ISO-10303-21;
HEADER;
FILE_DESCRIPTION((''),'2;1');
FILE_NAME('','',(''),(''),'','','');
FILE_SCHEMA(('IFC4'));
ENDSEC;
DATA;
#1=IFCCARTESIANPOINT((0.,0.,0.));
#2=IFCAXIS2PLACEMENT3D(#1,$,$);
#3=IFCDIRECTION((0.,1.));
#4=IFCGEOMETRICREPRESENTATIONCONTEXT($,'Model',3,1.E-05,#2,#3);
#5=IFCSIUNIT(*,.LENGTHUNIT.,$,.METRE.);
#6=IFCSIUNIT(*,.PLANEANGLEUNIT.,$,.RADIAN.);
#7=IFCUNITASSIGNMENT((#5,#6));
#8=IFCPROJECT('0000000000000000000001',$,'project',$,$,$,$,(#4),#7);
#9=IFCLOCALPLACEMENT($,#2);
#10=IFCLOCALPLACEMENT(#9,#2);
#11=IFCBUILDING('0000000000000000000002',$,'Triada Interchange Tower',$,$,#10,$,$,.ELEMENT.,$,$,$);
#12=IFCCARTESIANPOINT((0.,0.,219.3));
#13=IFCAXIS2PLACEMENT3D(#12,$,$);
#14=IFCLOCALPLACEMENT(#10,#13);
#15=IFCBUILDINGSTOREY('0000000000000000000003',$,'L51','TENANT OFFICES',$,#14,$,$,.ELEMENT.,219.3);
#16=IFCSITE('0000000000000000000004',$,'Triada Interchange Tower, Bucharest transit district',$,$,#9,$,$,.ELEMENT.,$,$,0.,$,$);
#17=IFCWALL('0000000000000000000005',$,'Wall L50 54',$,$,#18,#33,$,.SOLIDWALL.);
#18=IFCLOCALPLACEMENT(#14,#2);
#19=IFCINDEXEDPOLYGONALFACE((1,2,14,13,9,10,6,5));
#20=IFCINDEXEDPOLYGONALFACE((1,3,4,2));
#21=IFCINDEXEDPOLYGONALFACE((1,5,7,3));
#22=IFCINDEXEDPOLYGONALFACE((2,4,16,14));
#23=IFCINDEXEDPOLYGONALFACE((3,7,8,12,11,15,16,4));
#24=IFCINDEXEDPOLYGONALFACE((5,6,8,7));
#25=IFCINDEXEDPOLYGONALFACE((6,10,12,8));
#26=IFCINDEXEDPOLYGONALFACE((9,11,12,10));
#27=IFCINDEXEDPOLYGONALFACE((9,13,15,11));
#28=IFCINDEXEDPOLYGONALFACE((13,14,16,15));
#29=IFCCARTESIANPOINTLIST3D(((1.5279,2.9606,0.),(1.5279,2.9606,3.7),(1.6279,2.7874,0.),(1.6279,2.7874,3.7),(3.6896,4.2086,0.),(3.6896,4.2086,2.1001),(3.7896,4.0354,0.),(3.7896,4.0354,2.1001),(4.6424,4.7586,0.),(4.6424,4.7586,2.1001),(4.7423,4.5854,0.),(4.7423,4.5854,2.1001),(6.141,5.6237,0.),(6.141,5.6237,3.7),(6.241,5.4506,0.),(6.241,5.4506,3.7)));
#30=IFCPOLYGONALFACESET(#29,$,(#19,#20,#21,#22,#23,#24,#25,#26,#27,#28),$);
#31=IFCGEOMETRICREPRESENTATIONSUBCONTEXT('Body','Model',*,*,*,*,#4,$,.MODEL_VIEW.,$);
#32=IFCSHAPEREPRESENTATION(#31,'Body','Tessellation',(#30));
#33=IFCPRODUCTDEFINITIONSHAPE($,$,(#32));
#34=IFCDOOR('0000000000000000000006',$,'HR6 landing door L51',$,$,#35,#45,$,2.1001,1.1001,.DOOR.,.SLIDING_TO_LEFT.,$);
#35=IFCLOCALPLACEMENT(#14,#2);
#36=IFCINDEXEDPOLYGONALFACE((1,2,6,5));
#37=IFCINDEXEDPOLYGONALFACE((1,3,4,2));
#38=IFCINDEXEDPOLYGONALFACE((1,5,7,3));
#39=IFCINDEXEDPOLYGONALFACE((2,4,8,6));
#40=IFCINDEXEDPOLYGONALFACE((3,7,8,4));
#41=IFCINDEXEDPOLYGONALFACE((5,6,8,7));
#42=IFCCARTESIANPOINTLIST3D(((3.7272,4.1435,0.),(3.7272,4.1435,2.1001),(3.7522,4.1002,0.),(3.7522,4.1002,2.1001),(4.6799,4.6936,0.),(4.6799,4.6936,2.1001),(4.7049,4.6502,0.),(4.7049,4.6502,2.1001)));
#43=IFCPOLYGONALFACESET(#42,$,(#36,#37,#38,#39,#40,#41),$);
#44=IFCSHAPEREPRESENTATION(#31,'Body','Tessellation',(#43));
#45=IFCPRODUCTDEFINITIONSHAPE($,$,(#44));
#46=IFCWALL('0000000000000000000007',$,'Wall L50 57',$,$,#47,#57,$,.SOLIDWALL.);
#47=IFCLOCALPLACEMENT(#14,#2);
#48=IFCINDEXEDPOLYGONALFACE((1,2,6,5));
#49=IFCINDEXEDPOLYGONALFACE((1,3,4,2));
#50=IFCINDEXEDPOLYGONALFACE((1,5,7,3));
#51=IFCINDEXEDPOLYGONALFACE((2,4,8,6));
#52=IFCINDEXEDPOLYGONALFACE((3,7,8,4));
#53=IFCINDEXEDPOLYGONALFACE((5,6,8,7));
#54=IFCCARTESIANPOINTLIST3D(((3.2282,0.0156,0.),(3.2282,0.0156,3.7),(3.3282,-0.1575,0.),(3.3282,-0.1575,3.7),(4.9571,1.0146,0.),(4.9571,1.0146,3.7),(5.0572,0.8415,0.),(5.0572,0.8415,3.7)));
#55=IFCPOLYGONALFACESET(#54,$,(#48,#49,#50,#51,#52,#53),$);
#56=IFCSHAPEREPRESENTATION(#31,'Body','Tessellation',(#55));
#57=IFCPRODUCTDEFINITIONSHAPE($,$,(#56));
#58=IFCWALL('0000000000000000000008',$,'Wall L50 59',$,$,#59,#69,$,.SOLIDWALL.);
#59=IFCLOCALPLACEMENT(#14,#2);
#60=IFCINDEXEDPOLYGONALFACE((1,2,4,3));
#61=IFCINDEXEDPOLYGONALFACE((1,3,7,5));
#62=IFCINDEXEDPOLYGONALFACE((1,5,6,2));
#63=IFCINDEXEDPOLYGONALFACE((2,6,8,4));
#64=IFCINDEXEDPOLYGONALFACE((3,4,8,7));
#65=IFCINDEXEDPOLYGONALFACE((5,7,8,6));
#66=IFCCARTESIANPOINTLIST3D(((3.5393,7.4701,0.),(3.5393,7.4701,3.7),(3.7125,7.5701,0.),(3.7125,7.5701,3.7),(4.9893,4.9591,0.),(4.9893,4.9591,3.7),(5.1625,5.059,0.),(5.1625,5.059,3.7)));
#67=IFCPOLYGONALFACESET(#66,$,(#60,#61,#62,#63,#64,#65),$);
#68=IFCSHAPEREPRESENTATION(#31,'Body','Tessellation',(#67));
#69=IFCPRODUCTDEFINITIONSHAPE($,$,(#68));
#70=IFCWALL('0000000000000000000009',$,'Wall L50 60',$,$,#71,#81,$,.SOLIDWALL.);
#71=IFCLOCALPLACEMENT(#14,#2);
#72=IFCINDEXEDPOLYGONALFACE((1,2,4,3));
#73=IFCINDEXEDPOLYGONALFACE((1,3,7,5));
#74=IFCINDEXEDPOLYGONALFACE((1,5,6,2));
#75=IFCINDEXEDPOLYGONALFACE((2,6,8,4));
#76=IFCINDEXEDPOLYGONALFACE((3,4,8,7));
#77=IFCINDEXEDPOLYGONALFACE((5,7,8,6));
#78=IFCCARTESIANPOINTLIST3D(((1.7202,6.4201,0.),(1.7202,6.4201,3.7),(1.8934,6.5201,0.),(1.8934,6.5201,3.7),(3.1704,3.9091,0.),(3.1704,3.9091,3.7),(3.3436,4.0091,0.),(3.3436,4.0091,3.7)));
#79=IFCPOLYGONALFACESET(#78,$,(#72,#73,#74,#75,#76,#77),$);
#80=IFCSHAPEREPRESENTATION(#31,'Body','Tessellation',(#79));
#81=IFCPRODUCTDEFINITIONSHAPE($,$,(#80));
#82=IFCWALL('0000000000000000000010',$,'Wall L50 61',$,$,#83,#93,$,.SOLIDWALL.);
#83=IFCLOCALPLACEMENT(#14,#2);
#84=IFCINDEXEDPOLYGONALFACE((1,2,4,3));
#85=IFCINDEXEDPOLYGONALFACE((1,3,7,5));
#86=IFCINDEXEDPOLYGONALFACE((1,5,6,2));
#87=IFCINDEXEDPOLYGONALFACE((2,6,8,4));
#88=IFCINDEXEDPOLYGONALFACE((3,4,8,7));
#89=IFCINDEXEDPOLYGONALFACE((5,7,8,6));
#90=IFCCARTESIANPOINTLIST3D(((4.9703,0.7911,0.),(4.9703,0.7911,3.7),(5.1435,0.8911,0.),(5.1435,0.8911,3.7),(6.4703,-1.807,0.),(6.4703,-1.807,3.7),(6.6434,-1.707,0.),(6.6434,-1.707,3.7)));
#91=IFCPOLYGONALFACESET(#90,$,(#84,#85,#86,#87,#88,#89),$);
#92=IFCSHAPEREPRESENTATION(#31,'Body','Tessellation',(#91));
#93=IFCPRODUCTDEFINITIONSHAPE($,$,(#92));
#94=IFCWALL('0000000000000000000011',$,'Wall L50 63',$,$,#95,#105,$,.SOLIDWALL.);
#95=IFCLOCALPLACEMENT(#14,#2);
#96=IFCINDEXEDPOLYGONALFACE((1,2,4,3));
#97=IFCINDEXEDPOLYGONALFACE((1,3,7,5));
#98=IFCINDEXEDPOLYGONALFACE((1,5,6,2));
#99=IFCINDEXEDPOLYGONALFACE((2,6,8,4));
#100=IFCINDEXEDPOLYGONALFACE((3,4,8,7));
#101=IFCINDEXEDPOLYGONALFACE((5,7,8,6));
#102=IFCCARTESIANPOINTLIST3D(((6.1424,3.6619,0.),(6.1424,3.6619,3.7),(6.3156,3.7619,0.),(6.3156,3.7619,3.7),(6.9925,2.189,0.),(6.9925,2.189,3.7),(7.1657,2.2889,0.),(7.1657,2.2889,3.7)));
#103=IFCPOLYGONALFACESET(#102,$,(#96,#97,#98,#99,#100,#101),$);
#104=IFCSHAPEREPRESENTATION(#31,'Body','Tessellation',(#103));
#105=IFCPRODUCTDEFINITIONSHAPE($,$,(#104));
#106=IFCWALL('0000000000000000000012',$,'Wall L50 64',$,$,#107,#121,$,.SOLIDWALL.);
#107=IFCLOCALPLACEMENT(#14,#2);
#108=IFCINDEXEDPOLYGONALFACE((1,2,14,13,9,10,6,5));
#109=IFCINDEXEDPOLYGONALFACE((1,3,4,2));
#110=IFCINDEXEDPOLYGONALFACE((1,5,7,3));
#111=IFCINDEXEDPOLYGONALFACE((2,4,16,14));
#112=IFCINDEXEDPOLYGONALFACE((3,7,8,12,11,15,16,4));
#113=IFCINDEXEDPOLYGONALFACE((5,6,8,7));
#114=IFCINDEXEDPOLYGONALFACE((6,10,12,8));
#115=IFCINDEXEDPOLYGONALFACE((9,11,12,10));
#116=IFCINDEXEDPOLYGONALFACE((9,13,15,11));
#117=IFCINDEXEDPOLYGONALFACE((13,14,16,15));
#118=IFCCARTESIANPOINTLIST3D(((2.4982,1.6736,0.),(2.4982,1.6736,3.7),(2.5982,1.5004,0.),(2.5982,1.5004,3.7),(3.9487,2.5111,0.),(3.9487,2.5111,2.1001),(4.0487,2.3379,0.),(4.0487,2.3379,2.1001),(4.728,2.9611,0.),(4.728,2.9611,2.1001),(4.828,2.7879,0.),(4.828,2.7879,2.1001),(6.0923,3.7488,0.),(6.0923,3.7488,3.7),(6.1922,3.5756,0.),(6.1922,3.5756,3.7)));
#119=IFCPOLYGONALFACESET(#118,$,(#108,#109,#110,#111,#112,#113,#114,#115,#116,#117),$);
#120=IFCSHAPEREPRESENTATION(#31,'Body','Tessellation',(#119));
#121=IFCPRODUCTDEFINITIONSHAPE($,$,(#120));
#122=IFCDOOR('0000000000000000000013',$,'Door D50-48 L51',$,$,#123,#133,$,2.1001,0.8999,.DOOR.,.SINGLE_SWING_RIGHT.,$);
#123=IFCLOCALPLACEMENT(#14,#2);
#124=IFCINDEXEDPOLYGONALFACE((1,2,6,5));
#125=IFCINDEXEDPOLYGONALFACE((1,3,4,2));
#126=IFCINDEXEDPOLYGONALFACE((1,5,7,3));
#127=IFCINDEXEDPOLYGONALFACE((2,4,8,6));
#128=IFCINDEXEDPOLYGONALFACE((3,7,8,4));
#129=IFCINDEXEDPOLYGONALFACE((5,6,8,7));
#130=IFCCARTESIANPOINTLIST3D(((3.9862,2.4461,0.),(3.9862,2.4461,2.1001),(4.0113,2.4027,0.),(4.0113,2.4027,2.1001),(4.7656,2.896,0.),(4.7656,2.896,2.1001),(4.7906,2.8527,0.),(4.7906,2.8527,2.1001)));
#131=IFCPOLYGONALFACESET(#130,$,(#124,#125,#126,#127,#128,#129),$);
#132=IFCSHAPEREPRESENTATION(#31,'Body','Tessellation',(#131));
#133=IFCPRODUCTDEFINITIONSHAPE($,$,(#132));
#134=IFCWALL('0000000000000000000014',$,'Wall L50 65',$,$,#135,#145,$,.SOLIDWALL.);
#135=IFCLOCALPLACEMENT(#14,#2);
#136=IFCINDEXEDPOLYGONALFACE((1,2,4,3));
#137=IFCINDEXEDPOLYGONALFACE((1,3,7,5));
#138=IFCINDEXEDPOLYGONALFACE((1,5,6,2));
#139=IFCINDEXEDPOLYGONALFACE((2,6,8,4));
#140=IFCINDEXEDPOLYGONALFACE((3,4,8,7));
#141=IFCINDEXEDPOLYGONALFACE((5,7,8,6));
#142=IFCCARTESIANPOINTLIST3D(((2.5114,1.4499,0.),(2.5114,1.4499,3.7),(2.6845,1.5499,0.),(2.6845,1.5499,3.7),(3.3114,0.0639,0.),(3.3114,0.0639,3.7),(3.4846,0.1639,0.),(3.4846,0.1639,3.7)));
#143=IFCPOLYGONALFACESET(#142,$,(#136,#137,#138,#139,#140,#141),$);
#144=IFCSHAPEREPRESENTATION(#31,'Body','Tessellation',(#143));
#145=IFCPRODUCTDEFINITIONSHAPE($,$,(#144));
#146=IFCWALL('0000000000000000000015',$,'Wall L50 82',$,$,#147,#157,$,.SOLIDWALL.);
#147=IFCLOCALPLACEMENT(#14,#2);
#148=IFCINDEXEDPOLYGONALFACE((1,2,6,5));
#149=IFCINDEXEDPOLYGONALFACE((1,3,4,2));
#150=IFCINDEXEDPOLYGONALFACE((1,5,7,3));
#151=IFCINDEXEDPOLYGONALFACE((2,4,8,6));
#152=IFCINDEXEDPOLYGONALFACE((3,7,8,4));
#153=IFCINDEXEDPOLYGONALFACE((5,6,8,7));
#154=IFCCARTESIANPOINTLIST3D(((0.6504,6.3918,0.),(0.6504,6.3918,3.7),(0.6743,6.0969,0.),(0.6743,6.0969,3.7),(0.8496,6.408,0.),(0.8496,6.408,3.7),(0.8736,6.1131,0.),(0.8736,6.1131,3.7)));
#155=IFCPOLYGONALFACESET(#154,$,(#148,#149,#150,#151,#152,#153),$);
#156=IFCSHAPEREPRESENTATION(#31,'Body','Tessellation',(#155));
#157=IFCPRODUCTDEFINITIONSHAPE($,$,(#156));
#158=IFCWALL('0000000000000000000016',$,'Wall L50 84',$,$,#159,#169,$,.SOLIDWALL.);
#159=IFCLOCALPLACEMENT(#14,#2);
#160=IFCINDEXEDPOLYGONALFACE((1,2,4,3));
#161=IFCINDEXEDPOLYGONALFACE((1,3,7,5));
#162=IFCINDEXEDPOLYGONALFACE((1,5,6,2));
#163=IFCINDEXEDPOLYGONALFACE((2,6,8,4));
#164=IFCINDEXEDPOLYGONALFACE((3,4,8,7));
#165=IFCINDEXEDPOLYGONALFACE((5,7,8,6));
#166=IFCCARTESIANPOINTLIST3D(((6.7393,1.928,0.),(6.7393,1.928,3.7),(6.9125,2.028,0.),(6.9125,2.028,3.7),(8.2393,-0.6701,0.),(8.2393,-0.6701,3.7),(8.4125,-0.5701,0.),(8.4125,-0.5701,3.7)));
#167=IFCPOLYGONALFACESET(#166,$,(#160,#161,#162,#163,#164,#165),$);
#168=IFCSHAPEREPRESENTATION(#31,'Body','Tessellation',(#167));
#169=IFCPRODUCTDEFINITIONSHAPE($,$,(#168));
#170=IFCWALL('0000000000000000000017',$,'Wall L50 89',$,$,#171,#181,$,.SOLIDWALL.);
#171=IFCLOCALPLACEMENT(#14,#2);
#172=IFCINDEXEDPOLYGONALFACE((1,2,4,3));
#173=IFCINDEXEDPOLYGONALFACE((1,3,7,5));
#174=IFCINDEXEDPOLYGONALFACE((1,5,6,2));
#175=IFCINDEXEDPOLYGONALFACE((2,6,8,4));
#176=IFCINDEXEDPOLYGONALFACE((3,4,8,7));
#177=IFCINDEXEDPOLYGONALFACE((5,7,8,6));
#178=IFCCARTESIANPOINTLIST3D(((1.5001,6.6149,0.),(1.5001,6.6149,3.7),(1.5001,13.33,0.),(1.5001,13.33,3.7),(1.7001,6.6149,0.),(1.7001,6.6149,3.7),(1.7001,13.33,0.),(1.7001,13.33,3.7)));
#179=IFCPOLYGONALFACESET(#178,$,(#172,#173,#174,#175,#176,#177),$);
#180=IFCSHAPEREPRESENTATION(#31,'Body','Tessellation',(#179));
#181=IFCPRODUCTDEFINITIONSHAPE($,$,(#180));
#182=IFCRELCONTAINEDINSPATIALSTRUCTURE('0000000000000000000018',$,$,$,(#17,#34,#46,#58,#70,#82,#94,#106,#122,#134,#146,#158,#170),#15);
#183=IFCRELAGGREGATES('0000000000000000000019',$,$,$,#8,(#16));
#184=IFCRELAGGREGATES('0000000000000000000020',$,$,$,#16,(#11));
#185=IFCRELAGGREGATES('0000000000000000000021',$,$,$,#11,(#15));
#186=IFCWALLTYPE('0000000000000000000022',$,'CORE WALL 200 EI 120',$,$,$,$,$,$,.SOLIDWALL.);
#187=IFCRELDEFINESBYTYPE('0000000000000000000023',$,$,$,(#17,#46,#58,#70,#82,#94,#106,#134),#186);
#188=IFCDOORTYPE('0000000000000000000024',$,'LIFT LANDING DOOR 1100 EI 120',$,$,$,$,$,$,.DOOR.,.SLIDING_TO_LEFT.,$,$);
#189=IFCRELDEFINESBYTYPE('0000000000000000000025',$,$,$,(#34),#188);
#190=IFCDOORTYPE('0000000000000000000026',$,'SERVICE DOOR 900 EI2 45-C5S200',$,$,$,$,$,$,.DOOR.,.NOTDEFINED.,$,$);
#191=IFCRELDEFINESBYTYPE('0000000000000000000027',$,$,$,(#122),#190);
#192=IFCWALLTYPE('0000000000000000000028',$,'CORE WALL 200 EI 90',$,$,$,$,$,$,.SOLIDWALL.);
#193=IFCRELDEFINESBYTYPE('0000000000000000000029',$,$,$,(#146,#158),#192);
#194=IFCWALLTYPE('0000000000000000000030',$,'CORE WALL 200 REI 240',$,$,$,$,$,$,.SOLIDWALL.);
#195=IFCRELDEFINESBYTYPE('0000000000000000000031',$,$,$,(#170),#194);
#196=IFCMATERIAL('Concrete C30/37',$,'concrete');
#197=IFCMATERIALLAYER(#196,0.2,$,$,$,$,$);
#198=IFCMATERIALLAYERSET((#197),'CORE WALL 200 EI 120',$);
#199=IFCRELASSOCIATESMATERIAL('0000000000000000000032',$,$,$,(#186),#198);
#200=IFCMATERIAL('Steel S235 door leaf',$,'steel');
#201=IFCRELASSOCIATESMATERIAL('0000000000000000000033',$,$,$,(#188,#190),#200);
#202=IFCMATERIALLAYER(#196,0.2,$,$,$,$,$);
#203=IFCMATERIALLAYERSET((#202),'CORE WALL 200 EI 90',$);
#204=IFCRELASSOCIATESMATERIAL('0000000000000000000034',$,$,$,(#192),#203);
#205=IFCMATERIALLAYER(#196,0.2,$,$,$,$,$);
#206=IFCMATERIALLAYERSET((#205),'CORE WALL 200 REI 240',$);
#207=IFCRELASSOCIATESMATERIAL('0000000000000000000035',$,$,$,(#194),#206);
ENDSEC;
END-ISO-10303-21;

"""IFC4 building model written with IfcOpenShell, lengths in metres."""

from ifc_helpers import new_model, si_unit, direction, frame, frame_2d, origin, place, context, subcontext, project, spatial, rectangle, extrude, material, layer, layer_set, type_object, element, fill, save


model = new_model("IFC4")

# Units and contexts
model_context = context("Model", 3, precision=1e-05, world=origin(), true_north=direction((0.0, 1.0)))
body_context = subcontext(model_context, "Body", "Model", "MODEL_VIEW")
ifc_project = project(units=[si_unit("LENGTHUNIT", "METRE"), si_unit("PLANEANGLEUNIT", "RADIAN")], contexts=[model_context])

# Site, building, storey
site_placement = place(None, origin())
site = spatial("IfcSite", under=ifc_project, at=site_placement, Name="Triada Interchange Tower, Bucharest transit district", CompositionType="ELEMENT", RefElevation=0.0)
building_placement = place(site_placement, origin())
building = spatial("IfcBuilding", under=site, at=building_placement, Name="Triada Interchange Tower", CompositionType="ELEMENT")
storey_placement = place(building_placement, frame((0.0, 0.0, 219.3)))
storey = spatial("IfcBuildingStorey", under=building, at=storey_placement, Name="L51", Description="TENANT OFFICES", CompositionType="ELEMENT", Elevation=219.3)

# Shared definitions
ifc_material_1 = material(Name="Concrete C30/37", Category="concrete")
ifc_layer_1 = layer(ifc_material_1, 0.2)
ifc_layer_set_1 = layer_set([ifc_layer_1], Name="CORE WALL 200 EI 120")
wall_type_1 = type_object("IfcWallType", Name="CORE WALL 200 EI 120", PredefinedType="SOLIDWALL", material=ifc_layer_set_1)
ifc_material_2 = material(Name="Steel S235 door leaf", Category="steel")
door_type_1 = type_object("IfcDoorType", Name="LIFT LANDING DOOR 1100 EI 120", OperationType="SLIDING_TO_LEFT", PredefinedType="DOOR", material=ifc_material_2)

# Wall, opening, door
wall_1_placement = place(storey_placement, frame((1.5779, 2.874, 0.0), z_axis=(0.0, 0.0, 1.0), x_axis=(0.866046, 0.499964, 0.0)))
wall_1 = element("IfcWall", 1, at=wall_1_placement, inside=storey, type_object=wall_type_1, Name="Wall L50 54", PredefinedType="SOLIDWALL", context=body_context, shape_type="SweptSolid", body=[
    extrude(rectangle(XDim=5.3267, YDim=0.2, at=frame_2d((2.6633, 0.0))), origin(), (0.0, 0.0, 1.0), 3.7),
])
opening_1_placement = place(wall_1_placement, frame((2.4961, 0.0, 0.0)))
opening_1 = element("IfcOpeningElement", 2, at=opening_1_placement, cuts=wall_1, PredefinedType="OPENING", context=body_context, shape_type="SweptSolid", body=[
    extrude(rectangle(XDim=1.1001, YDim=2.1001, at=frame_2d((0.55, 1.05))), frame((0.0, 0.1099, 0.0), z_axis=(0.0, -1.0, 0.0), x_axis=(1.0, 0.0, 0.0)), (0.0, 0.0, 1.0), 0.22),
])
door_1_placement = place(opening_1_placement, origin())
door_1 = element("IfcDoor", 3, at=door_1_placement, inside=storey, type_object=door_type_1, Name="HR6 landing door L51", OperationType="SLIDING_TO_LEFT", OverallHeight=2.1001, OverallWidth=1.1001, PredefinedType="DOOR", context=body_context, shape_type="SweptSolid", body=[
    extrude(rectangle(XDim=1.1001, YDim=2.1001, at=frame_2d((0.55, 1.05))), frame((0.0, 0.0249, 0.0), z_axis=(0.0, -1.0, 0.0), x_axis=(1.0, 0.0, 0.0)), (0.0, 0.0, 1.0), 0.05),
])
fill(opening_1, door_1)

# Walls
wall_2_placement = place(storey_placement, frame((3.2781, -0.071, 0.0), z_axis=(0.0, 0.0, 1.0), x_axis=(0.865856, 0.500294, 0.0)))
element("IfcWall", 4, at=wall_2_placement, inside=storey, type_object=wall_type_1, Name="Wall L50 57", PredefinedType="SOLIDWALL", context=body_context, shape_type="SweptSolid", body=[
    extrude(rectangle(XDim=1.9968, YDim=0.2, at=frame_2d((0.9985, 0.0))), origin(), (0.0, 0.0, 1.0), 3.7),
])
for number, where, z_axis, x_axis, name in (
    (5, (3.626, 7.52, 0.0), (0.0, 0.0, 1.0), (0.50006, -0.865991, 0.0), "Wall L50 59"),
    (6, (1.8069, 6.47, 0.0), (0.0, 0.0, 1.0), (0.500123, -0.865954, 0.0), "Wall L50 60"),
):
    element("IfcWall", number, at=place(storey_placement, frame(where, z_axis=z_axis, x_axis=x_axis)), inside=storey, type_object=wall_type_1, Name=name, PredefinedType="SOLIDWALL", context=body_context, shape_type="SweptSolid", body=[
        extrude(rectangle(XDim=2.8997, YDim=0.2, at=frame_2d((1.4497, 0.0))), origin(), (0.0, 0.0, 1.0), 3.7),
    ])
wall_3_placement = place(storey_placement, frame((5.0569, 0.8411, 0.0), z_axis=(0.0, 0.0, 1.0), x_axis=(0.49999, -0.866031, 0.0)))
element("IfcWall", 7, at=wall_3_placement, inside=storey, type_object=wall_type_1, Name="Wall L50 61", PredefinedType="SOLIDWALL", context=body_context, shape_type="SweptSolid", body=[
    extrude(rectangle(XDim=3.0, YDim=0.2, at=frame_2d((1.5, 0.0))), origin(), (0.0, 0.0, 1.0), 3.7),
])
wall_4_placement = place(storey_placement, frame((6.229, 3.7119, 0.0), z_axis=(0.0, 0.0, 1.0), x_axis=(0.499876, -0.866097, 0.0)))
element("IfcWall", 8, at=wall_4_placement, inside=storey, type_object=wall_type_1, Name="Wall L50 63", PredefinedType="SOLIDWALL", context=body_context, shape_type="SweptSolid", body=[
    extrude(rectangle(XDim=1.7007, YDim=0.2, at=frame_2d((0.8503, 0.0))), origin(), (0.0, 0.0, 1.0), 3.7),
])

# Wall, opening, door
wall_5_placement = place(storey_placement, frame((2.5481, 1.5869, 0.0), z_axis=(0.0, 0.0, 1.0), x_axis=(0.866004, 0.500036, 0.0)))
wall_5 = element("IfcWall", 9, at=wall_5_placement, inside=storey, type_object=wall_type_1, Name="Wall L50 64", PredefinedType="SOLIDWALL", context=body_context, shape_type="SweptSolid", body=[
    extrude(rectangle(XDim=4.1501, YDim=0.2, at=frame_2d((2.0752, 0.0))), origin(), (0.0, 0.0, 1.0), 3.7),
])
opening_2_placement = place(wall_5_placement, frame((1.675, 0.0, 0.0)))
opening_2 = element("IfcOpeningElement", 10, at=opening_2_placement, cuts=wall_5, PredefinedType="OPENING", context=body_context, shape_type="SweptSolid", body=[
    extrude(rectangle(XDim=0.8999, YDim=2.1001, at=frame_2d((0.45, 1.05))), frame((0.0, 0.1099, 0.0), z_axis=(0.0, -1.0, 0.0), x_axis=(1.0, 0.0, 0.0)), (0.0, 0.0, 1.0), 0.22),
])
door_type_2 = type_object("IfcDoorType", Name="SERVICE DOOR 900 EI2 45-C5S200", OperationType="NOTDEFINED", PredefinedType="DOOR", material=ifc_material_2)
door_2_placement = place(opening_2_placement, origin())
door_2 = element("IfcDoor", 11, at=door_2_placement, inside=storey, type_object=door_type_2, Name="Door D50-48 L51", OperationType="SINGLE_SWING_RIGHT", OverallHeight=2.1001, OverallWidth=0.8999, PredefinedType="DOOR", context=body_context, shape_type="SweptSolid", body=[
    extrude(rectangle(XDim=0.8999, YDim=2.1001, at=frame_2d((0.45, 1.05))), frame((0.0, 0.0249, 0.0), z_axis=(0.0, -1.0, 0.0), x_axis=(1.0, 0.0, 0.0)), (0.0, 0.0, 1.0), 0.05),
])
fill(opening_2, door_2)

# Walls
wall_6_placement = place(storey_placement, frame((2.5979, 1.5, 0.0), z_axis=(0.0, 0.0, 1.0), x_axis=(0.499929, -0.866066, 0.0)))
element("IfcWall", 12, at=wall_6_placement, inside=storey, type_object=wall_type_1, Name="Wall L50 65", PredefinedType="SOLIDWALL", context=body_context, shape_type="SweptSolid", body=[
    extrude(rectangle(XDim=1.6003, YDim=0.2, at=frame_2d((0.8003, 0.0))), origin(), (0.0, 0.0, 1.0), 3.7),
])
ifc_layer_2 = layer(ifc_material_1, 0.2)
ifc_layer_set_2 = layer_set([ifc_layer_2], Name="CORE WALL 200 EI 90")
wall_type_2 = type_object("IfcWallType", Name="CORE WALL 200 EI 90", PredefinedType="SOLIDWALL", material=ifc_layer_set_2)
wall_7_placement = place(storey_placement, frame((0.75, 6.3999, 0.0), z_axis=(0.0, 0.0, 1.0), x_axis=(0.08086, -0.996725, 0.0)))
element("IfcWall", 13, at=wall_7_placement, inside=storey, type_object=wall_type_2, Name="Wall L50 82", PredefinedType="SOLIDWALL", context=body_context, shape_type="SweptSolid", body=[
    extrude(rectangle(XDim=0.2959, YDim=0.2, at=frame_2d((0.1479, 0.0))), origin(), (0.0, 0.0, 1.0), 3.7),
])
wall_8_placement = place(storey_placement, frame((6.8259, 1.978, 0.0), z_axis=(0.0, 0.0, 1.0), x_axis=(0.49999, -0.866031, 0.0)))
element("IfcWall", 14, at=wall_8_placement, inside=storey, type_object=wall_type_2, Name="Wall L50 84", PredefinedType="SOLIDWALL", context=body_context, shape_type="SweptSolid", body=[
    extrude(rectangle(XDim=3.0, YDim=0.2, at=frame_2d((1.5, 0.0))), origin(), (0.0, 0.0, 1.0), 3.7),
])
ifc_layer_3 = layer(ifc_material_1, 0.2)
ifc_layer_set_3 = layer_set([ifc_layer_3], Name="CORE WALL 200 REI 240")
wall_type_3 = type_object("IfcWallType", Name="CORE WALL 200 REI 240", PredefinedType="SOLIDWALL", material=ifc_layer_set_3)
wall_9_placement = place(storey_placement, frame((1.6001, 6.615, 0.0), z_axis=(0.0, 0.0, 1.0), x_axis=(0.0, 1.0, 0.0)))
element("IfcWall", 15, at=wall_9_placement, inside=storey, type_object=wall_type_3, Name="Wall L50 89", PredefinedType="SOLIDWALL", context=body_context, shape_type="SweptSolid", body=[
    extrude(rectangle(XDim=6.7151, YDim=0.2, at=frame_2d((3.3574, 0.0))), origin(), (0.0, 0.0, 1.0), 3.7),
])

save(model, "model.ifc")
